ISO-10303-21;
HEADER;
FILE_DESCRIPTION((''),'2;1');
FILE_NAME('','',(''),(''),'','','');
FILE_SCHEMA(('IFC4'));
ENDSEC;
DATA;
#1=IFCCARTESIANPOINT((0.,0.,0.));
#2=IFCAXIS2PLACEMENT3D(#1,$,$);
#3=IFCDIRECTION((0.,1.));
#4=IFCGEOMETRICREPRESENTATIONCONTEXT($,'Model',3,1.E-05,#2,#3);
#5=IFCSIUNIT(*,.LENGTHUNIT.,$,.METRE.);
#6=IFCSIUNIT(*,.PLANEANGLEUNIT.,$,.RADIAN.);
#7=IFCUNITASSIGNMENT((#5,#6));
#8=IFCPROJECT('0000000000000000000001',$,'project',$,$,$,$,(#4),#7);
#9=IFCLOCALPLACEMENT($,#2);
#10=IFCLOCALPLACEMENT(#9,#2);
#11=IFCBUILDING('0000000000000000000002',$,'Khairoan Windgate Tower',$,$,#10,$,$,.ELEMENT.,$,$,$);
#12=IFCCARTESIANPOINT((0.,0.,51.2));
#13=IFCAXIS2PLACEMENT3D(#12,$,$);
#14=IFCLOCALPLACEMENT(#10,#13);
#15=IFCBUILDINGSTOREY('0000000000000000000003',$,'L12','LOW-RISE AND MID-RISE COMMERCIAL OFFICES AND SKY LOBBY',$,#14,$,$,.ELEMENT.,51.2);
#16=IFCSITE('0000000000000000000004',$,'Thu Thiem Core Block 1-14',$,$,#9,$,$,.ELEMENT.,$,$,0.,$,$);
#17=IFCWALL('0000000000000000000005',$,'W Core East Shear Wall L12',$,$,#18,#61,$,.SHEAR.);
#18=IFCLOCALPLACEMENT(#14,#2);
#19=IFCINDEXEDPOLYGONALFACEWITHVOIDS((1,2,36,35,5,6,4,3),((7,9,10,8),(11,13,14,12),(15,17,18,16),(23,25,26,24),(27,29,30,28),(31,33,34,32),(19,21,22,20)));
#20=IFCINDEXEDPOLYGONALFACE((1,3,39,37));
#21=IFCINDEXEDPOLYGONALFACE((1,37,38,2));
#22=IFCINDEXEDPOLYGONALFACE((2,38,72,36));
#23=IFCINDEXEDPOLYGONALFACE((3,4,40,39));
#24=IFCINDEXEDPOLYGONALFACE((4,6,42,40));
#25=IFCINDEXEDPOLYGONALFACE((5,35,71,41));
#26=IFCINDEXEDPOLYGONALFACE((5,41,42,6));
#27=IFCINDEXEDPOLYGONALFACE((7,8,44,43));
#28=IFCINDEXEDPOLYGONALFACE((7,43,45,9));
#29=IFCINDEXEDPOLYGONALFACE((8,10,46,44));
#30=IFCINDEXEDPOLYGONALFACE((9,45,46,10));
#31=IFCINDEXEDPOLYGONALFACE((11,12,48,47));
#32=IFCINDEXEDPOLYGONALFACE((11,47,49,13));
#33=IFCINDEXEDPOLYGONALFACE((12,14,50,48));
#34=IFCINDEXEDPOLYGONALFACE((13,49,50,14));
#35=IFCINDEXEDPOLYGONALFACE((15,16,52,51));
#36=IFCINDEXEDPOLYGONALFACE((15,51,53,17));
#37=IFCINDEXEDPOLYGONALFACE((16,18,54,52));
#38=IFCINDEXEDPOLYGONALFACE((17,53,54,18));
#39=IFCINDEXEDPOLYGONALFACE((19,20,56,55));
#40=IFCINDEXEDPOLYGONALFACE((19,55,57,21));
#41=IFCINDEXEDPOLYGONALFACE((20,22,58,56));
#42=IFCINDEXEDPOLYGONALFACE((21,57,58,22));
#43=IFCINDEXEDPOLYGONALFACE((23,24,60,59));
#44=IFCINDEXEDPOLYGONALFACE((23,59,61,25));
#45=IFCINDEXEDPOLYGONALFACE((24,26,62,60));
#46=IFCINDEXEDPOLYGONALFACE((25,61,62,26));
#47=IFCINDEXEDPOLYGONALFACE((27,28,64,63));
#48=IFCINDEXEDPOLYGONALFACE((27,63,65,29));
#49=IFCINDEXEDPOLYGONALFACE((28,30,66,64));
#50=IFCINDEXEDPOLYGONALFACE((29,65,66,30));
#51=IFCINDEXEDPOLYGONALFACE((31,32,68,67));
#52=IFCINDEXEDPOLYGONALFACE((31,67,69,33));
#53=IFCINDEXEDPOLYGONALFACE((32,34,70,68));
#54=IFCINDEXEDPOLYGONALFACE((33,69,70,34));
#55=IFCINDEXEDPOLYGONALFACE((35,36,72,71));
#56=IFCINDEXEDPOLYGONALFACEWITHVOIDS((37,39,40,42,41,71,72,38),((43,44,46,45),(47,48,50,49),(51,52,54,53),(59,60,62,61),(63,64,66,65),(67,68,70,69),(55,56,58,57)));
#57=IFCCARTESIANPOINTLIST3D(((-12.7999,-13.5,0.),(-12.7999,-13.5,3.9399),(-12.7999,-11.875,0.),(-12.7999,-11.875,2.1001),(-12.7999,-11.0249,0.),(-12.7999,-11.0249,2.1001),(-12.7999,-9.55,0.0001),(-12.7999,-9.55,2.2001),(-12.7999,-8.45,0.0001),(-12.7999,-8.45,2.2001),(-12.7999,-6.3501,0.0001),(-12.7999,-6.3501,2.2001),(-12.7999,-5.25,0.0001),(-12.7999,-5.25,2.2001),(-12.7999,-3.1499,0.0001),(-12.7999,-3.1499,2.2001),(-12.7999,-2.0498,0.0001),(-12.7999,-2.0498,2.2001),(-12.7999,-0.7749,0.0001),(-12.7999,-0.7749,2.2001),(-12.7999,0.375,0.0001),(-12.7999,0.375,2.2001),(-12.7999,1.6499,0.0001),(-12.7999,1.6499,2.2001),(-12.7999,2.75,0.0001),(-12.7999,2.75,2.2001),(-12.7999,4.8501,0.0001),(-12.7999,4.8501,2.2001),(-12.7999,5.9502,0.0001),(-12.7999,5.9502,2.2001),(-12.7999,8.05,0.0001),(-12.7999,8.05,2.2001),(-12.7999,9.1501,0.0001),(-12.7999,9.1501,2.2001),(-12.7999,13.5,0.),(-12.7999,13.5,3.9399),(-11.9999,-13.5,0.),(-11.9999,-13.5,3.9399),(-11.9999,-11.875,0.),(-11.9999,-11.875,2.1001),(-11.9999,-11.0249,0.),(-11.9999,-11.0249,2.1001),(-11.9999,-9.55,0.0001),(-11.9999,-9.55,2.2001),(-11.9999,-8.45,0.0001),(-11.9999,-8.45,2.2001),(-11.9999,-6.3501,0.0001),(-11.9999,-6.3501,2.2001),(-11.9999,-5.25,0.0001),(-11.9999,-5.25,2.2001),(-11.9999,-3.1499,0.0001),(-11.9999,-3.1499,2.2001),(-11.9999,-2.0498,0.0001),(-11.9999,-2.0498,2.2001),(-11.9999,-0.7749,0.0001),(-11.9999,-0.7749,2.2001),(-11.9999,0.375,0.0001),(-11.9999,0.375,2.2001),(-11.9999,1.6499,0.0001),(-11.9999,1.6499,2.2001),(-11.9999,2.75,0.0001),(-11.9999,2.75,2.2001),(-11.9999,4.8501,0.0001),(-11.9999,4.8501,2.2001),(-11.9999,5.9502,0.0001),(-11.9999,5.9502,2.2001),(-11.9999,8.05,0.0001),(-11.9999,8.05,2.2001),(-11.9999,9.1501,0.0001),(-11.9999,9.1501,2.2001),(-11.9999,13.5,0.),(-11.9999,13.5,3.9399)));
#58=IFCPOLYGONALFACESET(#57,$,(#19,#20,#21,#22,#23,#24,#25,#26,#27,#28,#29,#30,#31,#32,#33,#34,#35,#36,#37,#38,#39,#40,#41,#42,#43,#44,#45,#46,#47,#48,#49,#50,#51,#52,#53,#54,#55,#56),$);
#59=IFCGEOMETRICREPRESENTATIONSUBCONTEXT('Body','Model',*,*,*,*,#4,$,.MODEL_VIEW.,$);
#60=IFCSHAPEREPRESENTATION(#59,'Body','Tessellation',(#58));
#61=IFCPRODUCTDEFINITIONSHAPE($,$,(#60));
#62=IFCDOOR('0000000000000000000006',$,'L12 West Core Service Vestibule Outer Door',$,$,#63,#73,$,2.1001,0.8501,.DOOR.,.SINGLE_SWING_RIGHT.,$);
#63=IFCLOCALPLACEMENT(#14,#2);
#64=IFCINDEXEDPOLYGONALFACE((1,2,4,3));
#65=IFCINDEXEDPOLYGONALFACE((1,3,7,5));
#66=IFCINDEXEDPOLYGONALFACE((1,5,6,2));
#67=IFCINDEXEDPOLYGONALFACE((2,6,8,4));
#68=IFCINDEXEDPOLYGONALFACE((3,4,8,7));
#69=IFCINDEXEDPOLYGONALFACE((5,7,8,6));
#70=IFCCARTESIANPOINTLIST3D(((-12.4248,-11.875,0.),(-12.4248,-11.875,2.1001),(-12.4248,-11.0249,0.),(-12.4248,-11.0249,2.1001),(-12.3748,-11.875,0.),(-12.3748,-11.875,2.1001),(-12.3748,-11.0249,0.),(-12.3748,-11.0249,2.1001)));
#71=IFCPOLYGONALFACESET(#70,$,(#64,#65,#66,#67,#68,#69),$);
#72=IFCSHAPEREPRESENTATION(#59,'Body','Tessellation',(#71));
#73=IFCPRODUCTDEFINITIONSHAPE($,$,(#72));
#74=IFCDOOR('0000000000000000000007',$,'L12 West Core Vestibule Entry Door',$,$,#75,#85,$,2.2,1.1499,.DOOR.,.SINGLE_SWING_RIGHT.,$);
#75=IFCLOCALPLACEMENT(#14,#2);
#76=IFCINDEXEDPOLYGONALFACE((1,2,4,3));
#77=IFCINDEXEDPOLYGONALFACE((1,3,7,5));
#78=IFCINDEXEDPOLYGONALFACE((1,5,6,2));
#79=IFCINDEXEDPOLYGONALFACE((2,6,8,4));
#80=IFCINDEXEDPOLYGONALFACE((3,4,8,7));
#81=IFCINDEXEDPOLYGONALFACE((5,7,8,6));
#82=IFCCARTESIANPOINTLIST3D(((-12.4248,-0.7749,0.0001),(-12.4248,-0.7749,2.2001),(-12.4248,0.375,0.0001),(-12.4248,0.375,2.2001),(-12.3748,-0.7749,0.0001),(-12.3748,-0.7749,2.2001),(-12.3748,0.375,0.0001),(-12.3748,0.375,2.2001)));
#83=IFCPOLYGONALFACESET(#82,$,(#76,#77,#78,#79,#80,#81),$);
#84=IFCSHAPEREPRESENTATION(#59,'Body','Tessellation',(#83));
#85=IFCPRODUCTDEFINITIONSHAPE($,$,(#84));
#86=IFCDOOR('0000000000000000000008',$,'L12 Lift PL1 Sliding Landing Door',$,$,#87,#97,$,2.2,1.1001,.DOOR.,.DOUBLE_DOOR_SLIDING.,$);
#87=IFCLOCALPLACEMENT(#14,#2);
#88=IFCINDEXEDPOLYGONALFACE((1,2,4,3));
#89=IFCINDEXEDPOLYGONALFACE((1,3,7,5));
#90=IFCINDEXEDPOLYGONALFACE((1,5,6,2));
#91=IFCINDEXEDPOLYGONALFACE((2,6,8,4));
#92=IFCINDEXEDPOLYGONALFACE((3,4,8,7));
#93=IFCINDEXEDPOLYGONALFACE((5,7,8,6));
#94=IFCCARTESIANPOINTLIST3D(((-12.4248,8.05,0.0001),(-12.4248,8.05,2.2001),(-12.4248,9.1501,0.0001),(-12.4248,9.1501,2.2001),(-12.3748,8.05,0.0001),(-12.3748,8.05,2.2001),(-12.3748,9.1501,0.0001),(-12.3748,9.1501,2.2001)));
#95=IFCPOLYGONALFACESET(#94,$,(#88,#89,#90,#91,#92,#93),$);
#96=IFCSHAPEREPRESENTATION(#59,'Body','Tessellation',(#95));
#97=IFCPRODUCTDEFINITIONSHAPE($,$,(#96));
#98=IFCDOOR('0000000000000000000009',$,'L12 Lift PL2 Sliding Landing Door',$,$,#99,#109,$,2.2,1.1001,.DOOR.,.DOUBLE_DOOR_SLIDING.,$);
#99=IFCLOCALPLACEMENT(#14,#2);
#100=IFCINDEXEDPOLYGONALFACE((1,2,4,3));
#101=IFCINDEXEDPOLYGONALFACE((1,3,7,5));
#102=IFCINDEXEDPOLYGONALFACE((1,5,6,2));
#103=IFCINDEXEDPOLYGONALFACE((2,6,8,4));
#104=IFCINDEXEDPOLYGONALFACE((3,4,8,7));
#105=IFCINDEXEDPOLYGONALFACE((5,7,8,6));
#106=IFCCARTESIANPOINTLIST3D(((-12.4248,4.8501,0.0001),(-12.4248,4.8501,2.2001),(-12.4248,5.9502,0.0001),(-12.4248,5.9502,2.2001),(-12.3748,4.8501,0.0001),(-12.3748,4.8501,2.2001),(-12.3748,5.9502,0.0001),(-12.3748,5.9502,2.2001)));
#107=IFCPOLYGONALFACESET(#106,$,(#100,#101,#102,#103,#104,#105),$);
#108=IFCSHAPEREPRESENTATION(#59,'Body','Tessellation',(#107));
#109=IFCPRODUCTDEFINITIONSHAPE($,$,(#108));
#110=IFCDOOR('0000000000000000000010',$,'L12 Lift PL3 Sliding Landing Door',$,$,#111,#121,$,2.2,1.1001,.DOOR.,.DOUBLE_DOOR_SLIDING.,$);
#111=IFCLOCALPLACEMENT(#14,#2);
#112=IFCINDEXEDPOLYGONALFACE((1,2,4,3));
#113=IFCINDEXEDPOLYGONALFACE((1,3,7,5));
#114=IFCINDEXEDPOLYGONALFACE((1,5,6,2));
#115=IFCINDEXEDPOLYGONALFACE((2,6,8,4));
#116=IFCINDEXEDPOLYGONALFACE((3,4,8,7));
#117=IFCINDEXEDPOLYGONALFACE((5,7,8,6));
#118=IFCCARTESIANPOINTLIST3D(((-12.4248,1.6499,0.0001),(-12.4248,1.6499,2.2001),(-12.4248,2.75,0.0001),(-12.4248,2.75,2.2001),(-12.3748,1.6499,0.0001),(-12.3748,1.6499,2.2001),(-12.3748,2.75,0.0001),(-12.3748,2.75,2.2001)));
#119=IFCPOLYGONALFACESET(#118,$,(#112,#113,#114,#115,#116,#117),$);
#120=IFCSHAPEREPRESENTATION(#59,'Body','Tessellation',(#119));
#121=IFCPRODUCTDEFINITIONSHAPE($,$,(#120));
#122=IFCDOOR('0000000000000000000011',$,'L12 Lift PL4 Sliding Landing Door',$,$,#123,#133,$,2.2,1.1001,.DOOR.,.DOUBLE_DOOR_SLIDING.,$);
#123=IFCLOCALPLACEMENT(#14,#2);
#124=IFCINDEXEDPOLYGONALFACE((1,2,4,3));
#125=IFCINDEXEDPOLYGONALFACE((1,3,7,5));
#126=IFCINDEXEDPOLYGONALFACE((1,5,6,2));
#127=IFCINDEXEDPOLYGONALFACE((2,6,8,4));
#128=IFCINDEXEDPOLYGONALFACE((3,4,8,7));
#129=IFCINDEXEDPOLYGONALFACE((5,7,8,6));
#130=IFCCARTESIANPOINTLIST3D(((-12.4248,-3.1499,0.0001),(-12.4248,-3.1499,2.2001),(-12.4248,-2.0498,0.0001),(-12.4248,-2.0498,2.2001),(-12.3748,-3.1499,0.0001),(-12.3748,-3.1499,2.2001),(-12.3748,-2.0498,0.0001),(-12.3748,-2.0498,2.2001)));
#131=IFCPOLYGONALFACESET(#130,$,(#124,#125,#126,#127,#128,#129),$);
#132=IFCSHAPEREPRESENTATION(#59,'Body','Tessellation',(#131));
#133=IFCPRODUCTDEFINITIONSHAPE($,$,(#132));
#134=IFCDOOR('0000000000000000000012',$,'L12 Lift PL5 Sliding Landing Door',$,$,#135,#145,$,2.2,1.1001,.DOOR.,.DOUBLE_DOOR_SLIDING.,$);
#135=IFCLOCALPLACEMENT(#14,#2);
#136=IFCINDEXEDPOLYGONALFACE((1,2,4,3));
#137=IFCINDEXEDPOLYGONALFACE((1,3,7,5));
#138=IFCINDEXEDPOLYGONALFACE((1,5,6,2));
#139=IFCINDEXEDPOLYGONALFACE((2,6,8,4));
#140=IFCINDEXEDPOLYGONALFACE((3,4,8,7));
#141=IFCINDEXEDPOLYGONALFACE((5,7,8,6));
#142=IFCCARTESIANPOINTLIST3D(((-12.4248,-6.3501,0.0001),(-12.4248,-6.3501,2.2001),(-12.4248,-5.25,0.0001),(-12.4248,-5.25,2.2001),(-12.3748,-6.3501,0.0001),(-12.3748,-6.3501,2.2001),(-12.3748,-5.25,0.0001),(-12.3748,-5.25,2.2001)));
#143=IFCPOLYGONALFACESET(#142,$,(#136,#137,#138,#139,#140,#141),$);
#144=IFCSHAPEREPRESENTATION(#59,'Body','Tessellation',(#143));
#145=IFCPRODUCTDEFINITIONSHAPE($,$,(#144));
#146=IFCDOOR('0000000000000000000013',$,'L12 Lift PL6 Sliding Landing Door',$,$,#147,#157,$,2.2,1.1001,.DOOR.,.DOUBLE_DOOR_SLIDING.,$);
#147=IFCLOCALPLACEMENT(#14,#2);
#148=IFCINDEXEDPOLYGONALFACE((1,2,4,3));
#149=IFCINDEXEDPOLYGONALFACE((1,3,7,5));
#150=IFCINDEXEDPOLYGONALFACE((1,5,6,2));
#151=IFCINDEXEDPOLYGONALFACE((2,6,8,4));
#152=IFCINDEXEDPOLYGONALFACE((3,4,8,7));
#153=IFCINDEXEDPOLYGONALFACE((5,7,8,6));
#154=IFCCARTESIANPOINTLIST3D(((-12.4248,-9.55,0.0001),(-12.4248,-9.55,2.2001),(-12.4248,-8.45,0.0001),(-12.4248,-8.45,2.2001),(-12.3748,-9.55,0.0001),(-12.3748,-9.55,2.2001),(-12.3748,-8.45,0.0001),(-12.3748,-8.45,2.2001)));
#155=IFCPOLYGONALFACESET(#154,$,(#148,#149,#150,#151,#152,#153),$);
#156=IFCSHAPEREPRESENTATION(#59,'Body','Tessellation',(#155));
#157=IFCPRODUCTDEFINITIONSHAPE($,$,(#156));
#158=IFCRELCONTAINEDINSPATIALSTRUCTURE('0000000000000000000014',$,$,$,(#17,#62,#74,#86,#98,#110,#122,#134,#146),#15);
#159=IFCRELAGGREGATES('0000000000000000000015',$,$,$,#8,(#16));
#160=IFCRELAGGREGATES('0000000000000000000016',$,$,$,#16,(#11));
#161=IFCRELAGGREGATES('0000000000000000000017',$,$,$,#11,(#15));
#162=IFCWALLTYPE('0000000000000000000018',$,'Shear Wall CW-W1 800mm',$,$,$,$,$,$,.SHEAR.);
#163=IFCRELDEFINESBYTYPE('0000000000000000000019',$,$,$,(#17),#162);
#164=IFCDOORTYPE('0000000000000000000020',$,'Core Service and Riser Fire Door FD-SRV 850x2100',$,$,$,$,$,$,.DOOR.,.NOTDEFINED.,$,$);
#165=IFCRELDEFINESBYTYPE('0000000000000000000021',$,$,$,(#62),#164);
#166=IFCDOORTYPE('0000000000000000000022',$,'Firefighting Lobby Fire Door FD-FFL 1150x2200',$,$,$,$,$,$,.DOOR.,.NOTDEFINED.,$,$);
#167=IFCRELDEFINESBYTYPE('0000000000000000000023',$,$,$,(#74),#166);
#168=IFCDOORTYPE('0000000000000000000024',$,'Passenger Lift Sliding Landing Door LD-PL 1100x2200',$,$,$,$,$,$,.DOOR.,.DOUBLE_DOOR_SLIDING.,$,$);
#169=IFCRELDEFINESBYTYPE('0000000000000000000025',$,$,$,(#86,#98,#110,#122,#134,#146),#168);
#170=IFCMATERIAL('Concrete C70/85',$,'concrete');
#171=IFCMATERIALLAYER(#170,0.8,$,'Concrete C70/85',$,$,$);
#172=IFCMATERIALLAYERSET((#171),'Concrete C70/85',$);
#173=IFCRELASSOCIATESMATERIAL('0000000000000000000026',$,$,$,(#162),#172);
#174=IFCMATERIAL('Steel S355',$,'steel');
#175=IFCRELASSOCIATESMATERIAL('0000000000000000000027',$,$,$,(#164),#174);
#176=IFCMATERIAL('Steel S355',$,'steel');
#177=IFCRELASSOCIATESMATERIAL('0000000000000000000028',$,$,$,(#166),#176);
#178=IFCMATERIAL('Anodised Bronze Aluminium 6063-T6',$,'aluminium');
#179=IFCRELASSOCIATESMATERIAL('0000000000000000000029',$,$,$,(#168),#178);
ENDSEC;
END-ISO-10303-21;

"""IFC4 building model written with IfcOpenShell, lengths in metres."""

from ifc_helpers import new_model, si_unit, direction, frame, frame_2d, origin, place, context, subcontext, project, spatial, rectangle, extrude, material, layer, layer_set, type_object, element, fill, save


model = new_model("IFC4")

# Units and contexts
model_context = context("Model", 3, precision=1e-05, world=origin(), true_north=direction((0.0, 1.0)))
body_context = subcontext(model_context, "Body", "Model", "MODEL_VIEW")
ifc_project = project(units=[si_unit("LENGTHUNIT", "METRE"), si_unit("PLANEANGLEUNIT", "RADIAN")], contexts=[model_context])

# Site, building, storey
site_placement = place(None, origin())
site = spatial("IfcSite", under=ifc_project, at=site_placement, Name="Thu Thiem Core Block 1-14", CompositionType="ELEMENT", RefElevation=0.0)
building_placement = place(site_placement, origin())
building = spatial("IfcBuilding", under=site, at=building_placement, Name="Khairoan Windgate Tower", CompositionType="ELEMENT")
storey_placement = place(building_placement, frame((0.0, 0.0, 51.2)))
storey = spatial("IfcBuildingStorey", under=building, at=storey_placement, Name="L12", Description="LOW-RISE AND MID-RISE COMMERCIAL OFFICES AND SKY LOBBY", CompositionType="ELEMENT", Elevation=51.2)

# Wall, openings, doors
ifc_material_1 = material(Name="Concrete C70/85", Category="concrete")
ifc_layer_1 = layer(ifc_material_1, 0.8, Name="Concrete C70/85")
ifc_layer_set_1 = layer_set([ifc_layer_1], Name="Concrete C70/85")
wall_type_1 = type_object("IfcWallType", Name="Shear Wall CW-W1 800mm", PredefinedType="SHEAR", material=ifc_layer_set_1)
wall_1_placement = place(storey_placement, frame((-12.3999, -13.5, 0.0), z_axis=(0.0, 0.0, 1.0), x_axis=(0.0, 1.0, 0.0)))
wall_1 = element("IfcWall", 1, at=wall_1_placement, inside=storey, type_object=wall_type_1, Name="W Core East Shear Wall L12", PredefinedType="SHEAR", context=body_context, shape_type="SweptSolid", body=[
    extrude(rectangle(XDim=27.0, YDim=0.8, at=frame_2d((13.5, 0.0))), origin(), (0.0, 0.0, 1.0), 3.9399),
])
opening_1_placement = place(wall_1_placement, frame((21.55, 0.0, 0.0)))
opening_1 = element("IfcOpeningElement", 2, at=opening_1_placement, cuts=wall_1, PredefinedType="OPENING", context=body_context, shape_type="SweptSolid", body=[
    extrude(rectangle(XDim=1.1001, YDim=2.2, at=frame_2d((0.55, 1.1001))), frame((0.0, 0.4099, 0.0), z_axis=(0.0, -1.0, 0.0), x_axis=(1.0, 0.0, 0.0)), (0.0, 0.0, 1.0), 0.8201),
])
opening_2_placement = place(wall_1_placement, frame((18.3501, 0.0, 0.0)))
opening_2 = element("IfcOpeningElement", 3, at=opening_2_placement, cuts=wall_1, PredefinedType="OPENING", context=body_context, shape_type="SweptSolid", body=[
    extrude(rectangle(XDim=1.1001, YDim=2.2, at=frame_2d((0.55, 1.1001))), frame((0.0, 0.4099, 0.0), z_axis=(0.0, -1.0, 0.0), x_axis=(1.0, 0.0, 0.0)), (0.0, 0.0, 1.0), 0.8201),
])
opening_3_placement = place(wall_1_placement, frame((15.1499, 0.0, 0.0)))
opening_3 = element("IfcOpeningElement", 4, at=opening_3_placement, cuts=wall_1, PredefinedType="OPENING", context=body_context, shape_type="SweptSolid", body=[
    extrude(rectangle(XDim=1.1001, YDim=2.2, at=frame_2d((0.55, 1.1001))), frame((0.0, 0.4099, 0.0), z_axis=(0.0, -1.0, 0.0), x_axis=(1.0, 0.0, 0.0)), (0.0, 0.0, 1.0), 0.8201),
])
opening_4_placement = place(wall_1_placement, frame((10.3501, 0.0, 0.0)))
opening_4 = element("IfcOpeningElement", 5, at=opening_4_placement, cuts=wall_1, PredefinedType="OPENING", context=body_context, shape_type="SweptSolid", body=[
    extrude(rectangle(XDim=1.1001, YDim=2.2, at=frame_2d((0.55, 1.1001))), frame((0.0, 0.4099, 0.0), z_axis=(0.0, -1.0, 0.0), x_axis=(1.0, 0.0, 0.0)), (0.0, 0.0, 1.0), 0.8201),
])
opening_5_placement = place(wall_1_placement, frame((7.1499, 0.0, 0.0)))
opening_5 = element("IfcOpeningElement", 6, at=opening_5_placement, cuts=wall_1, PredefinedType="OPENING", context=body_context, shape_type="SweptSolid", body=[
    extrude(rectangle(XDim=1.1001, YDim=2.2, at=frame_2d((0.55, 1.1001))), frame((0.0, 0.4099, 0.0), z_axis=(0.0, -1.0, 0.0), x_axis=(1.0, 0.0, 0.0)), (0.0, 0.0, 1.0), 0.8201),
])
opening_6_placement = place(wall_1_placement, frame((3.95, 0.0, 0.0)))
opening_6 = element("IfcOpeningElement", 7, at=opening_6_placement, cuts=wall_1, PredefinedType="OPENING", context=body_context, shape_type="SweptSolid", body=[
    extrude(rectangle(XDim=1.1001, YDim=2.2, at=frame_2d((0.55, 1.1001))), frame((0.0, 0.4099, 0.0), z_axis=(0.0, -1.0, 0.0), x_axis=(1.0, 0.0, 0.0)), (0.0, 0.0, 1.0), 0.8201),
])
opening_7_placement = place(wall_1_placement, frame((12.7251, 0.0, 0.0)))
opening_7 = element("IfcOpeningElement", 8, at=opening_7_placement, cuts=wall_1, PredefinedType="OPENING", context=body_context, shape_type="SweptSolid", body=[
    extrude(rectangle(XDim=1.1499, YDim=2.2, at=frame_2d((0.575, 1.1001))), frame((0.0, 0.4099, 0.0), z_axis=(0.0, -1.0, 0.0), x_axis=(1.0, 0.0, 0.0)), (0.0, 0.0, 1.0), 0.8201),
])
opening_8_placement = place(wall_1_placement, frame((1.625, 0.0, 0.0)))
opening_8 = element("IfcOpeningElement", 9, at=opening_8_placement, cuts=wall_1, PredefinedType="OPENING", context=body_context, shape_type="SweptSolid", body=[
    extrude(rectangle(XDim=0.8501, YDim=2.1001, at=frame_2d((0.425, 1.05))), frame((0.0, 0.4099, 0.0), z_axis=(0.0, -1.0, 0.0), x_axis=(1.0, 0.0, 0.0)), (0.0, 0.0, 1.0), 0.8201),
])
ifc_material_2 = material(Name="Steel S355", Category="steel")
door_type_1 = type_object("IfcDoorType", Name="Core Service and Riser Fire Door FD-SRV 850x2100", OperationType="NOTDEFINED", PredefinedType="DOOR", material=ifc_material_2)
door_1_placement = place(opening_8_placement, origin())
door_1 = element("IfcDoor", 10, at=door_1_placement, inside=storey, type_object=door_type_1, Name="L12 West Core Service Vestibule Outer Door", OperationType="SINGLE_SWING_RIGHT", OverallHeight=2.1001, OverallWidth=0.8501, PredefinedType="DOOR", context=body_context, shape_type="SweptSolid", body=[
    extrude(rectangle(XDim=0.8501, YDim=2.1001, at=frame_2d((0.425, 1.05))), frame((0.0, 0.0249, 0.0), z_axis=(0.0, -1.0, 0.0), x_axis=(1.0, 0.0, 0.0)), (0.0, 0.0, 1.0), 0.05),
])
fill(opening_8, door_1)
ifc_material_3 = material(Name="Steel S355", Category="steel")
door_type_2 = type_object("IfcDoorType", Name="Firefighting Lobby Fire Door FD-FFL 1150x2200", OperationType="NOTDEFINED", PredefinedType="DOOR", material=ifc_material_3)
door_2_placement = place(opening_7_placement, origin())
door_2 = element("IfcDoor", 11, at=door_2_placement, inside=storey, type_object=door_type_2, Name="L12 West Core Vestibule Entry Door", OperationType="SINGLE_SWING_RIGHT", OverallHeight=2.2, OverallWidth=1.1499, PredefinedType="DOOR", context=body_context, shape_type="SweptSolid", body=[
    extrude(rectangle(XDim=1.1499, YDim=2.2, at=frame_2d((0.575, 1.1001))), frame((0.0, 0.0249, 0.0), z_axis=(0.0, -1.0, 0.0), x_axis=(1.0, 0.0, 0.0)), (0.0, 0.0, 1.0), 0.05),
])
fill(opening_7, door_2)
ifc_material_4 = material(Name="Anodised Bronze Aluminium 6063-T6", Category="aluminium")
door_type_3 = type_object("IfcDoorType", Name="Passenger Lift Sliding Landing Door LD-PL 1100x2200", OperationType="DOUBLE_DOOR_SLIDING", PredefinedType="DOOR", material=ifc_material_4)
door_3_placement = place(opening_1_placement, origin())
door_3 = element("IfcDoor", 12, at=door_3_placement, inside=storey, type_object=door_type_3, Name="L12 Lift PL1 Sliding Landing Door", OperationType="DOUBLE_DOOR_SLIDING", OverallHeight=2.2, OverallWidth=1.1001, PredefinedType="DOOR", context=body_context, shape_type="SweptSolid", body=[
    extrude(rectangle(XDim=1.1001, YDim=2.2, at=frame_2d((0.55, 1.1001))), frame((0.0, 0.0249, 0.0), z_axis=(0.0, -1.0, 0.0), x_axis=(1.0, 0.0, 0.0)), (0.0, 0.0, 1.0), 0.05),
])
fill(opening_1, door_3)
door_4_placement = place(opening_2_placement, origin())
door_4 = element("IfcDoor", 13, at=door_4_placement, inside=storey, type_object=door_type_3, Name="L12 Lift PL2 Sliding Landing Door", OperationType="DOUBLE_DOOR_SLIDING", OverallHeight=2.2, OverallWidth=1.1001, PredefinedType="DOOR", context=body_context, shape_type="SweptSolid", body=[
    extrude(rectangle(XDim=1.1001, YDim=2.2, at=frame_2d((0.55, 1.1001))), frame((0.0, 0.0249, 0.0), z_axis=(0.0, -1.0, 0.0), x_axis=(1.0, 0.0, 0.0)), (0.0, 0.0, 1.0), 0.05),
])
fill(opening_2, door_4)
door_5_placement = place(opening_3_placement, origin())
door_5 = element("IfcDoor", 14, at=door_5_placement, inside=storey, type_object=door_type_3, Name="L12 Lift PL3 Sliding Landing Door", OperationType="DOUBLE_DOOR_SLIDING", OverallHeight=2.2, OverallWidth=1.1001, PredefinedType="DOOR", context=body_context, shape_type="SweptSolid", body=[
    extrude(rectangle(XDim=1.1001, YDim=2.2, at=frame_2d((0.55, 1.1001))), frame((0.0, 0.0249, 0.0), z_axis=(0.0, -1.0, 0.0), x_axis=(1.0, 0.0, 0.0)), (0.0, 0.0, 1.0), 0.05),
])
fill(opening_3, door_5)
door_6_placement = place(opening_4_placement, origin())
door_6 = element("IfcDoor", 15, at=door_6_placement, inside=storey, type_object=door_type_3, Name="L12 Lift PL4 Sliding Landing Door", OperationType="DOUBLE_DOOR_SLIDING", OverallHeight=2.2, OverallWidth=1.1001, PredefinedType="DOOR", context=body_context, shape_type="SweptSolid", body=[
    extrude(rectangle(XDim=1.1001, YDim=2.2, at=frame_2d((0.55, 1.1001))), frame((0.0, 0.0249, 0.0), z_axis=(0.0, -1.0, 0.0), x_axis=(1.0, 0.0, 0.0)), (0.0, 0.0, 1.0), 0.05),
])
fill(opening_4, door_6)
door_7_placement = place(opening_5_placement, origin())
door_7 = element("IfcDoor", 16, at=door_7_placement, inside=storey, type_object=door_type_3, Name="L12 Lift PL5 Sliding Landing Door", OperationType="DOUBLE_DOOR_SLIDING", OverallHeight=2.2, OverallWidth=1.1001, PredefinedType="DOOR", context=body_context, shape_type="SweptSolid", body=[
    extrude(rectangle(XDim=1.1001, YDim=2.2, at=frame_2d((0.55, 1.1001))), frame((0.0, 0.0249, 0.0), z_axis=(0.0, -1.0, 0.0), x_axis=(1.0, 0.0, 0.0)), (0.0, 0.0, 1.0), 0.05),
])
fill(opening_5, door_7)
door_8_placement = place(opening_6_placement, origin())
door_8 = element("IfcDoor", 17, at=door_8_placement, inside=storey, type_object=door_type_3, Name="L12 Lift PL6 Sliding Landing Door", OperationType="DOUBLE_DOOR_SLIDING", OverallHeight=2.2, OverallWidth=1.1001, PredefinedType="DOOR", context=body_context, shape_type="SweptSolid", body=[
    extrude(rectangle(XDim=1.1001, YDim=2.2, at=frame_2d((0.55, 1.1001))), frame((0.0, 0.0249, 0.0), z_axis=(0.0, -1.0, 0.0), x_axis=(1.0, 0.0, 0.0)), (0.0, 0.0, 1.0), 0.05),
])
fill(opening_6, door_8)

save(model, "model.ifc")
